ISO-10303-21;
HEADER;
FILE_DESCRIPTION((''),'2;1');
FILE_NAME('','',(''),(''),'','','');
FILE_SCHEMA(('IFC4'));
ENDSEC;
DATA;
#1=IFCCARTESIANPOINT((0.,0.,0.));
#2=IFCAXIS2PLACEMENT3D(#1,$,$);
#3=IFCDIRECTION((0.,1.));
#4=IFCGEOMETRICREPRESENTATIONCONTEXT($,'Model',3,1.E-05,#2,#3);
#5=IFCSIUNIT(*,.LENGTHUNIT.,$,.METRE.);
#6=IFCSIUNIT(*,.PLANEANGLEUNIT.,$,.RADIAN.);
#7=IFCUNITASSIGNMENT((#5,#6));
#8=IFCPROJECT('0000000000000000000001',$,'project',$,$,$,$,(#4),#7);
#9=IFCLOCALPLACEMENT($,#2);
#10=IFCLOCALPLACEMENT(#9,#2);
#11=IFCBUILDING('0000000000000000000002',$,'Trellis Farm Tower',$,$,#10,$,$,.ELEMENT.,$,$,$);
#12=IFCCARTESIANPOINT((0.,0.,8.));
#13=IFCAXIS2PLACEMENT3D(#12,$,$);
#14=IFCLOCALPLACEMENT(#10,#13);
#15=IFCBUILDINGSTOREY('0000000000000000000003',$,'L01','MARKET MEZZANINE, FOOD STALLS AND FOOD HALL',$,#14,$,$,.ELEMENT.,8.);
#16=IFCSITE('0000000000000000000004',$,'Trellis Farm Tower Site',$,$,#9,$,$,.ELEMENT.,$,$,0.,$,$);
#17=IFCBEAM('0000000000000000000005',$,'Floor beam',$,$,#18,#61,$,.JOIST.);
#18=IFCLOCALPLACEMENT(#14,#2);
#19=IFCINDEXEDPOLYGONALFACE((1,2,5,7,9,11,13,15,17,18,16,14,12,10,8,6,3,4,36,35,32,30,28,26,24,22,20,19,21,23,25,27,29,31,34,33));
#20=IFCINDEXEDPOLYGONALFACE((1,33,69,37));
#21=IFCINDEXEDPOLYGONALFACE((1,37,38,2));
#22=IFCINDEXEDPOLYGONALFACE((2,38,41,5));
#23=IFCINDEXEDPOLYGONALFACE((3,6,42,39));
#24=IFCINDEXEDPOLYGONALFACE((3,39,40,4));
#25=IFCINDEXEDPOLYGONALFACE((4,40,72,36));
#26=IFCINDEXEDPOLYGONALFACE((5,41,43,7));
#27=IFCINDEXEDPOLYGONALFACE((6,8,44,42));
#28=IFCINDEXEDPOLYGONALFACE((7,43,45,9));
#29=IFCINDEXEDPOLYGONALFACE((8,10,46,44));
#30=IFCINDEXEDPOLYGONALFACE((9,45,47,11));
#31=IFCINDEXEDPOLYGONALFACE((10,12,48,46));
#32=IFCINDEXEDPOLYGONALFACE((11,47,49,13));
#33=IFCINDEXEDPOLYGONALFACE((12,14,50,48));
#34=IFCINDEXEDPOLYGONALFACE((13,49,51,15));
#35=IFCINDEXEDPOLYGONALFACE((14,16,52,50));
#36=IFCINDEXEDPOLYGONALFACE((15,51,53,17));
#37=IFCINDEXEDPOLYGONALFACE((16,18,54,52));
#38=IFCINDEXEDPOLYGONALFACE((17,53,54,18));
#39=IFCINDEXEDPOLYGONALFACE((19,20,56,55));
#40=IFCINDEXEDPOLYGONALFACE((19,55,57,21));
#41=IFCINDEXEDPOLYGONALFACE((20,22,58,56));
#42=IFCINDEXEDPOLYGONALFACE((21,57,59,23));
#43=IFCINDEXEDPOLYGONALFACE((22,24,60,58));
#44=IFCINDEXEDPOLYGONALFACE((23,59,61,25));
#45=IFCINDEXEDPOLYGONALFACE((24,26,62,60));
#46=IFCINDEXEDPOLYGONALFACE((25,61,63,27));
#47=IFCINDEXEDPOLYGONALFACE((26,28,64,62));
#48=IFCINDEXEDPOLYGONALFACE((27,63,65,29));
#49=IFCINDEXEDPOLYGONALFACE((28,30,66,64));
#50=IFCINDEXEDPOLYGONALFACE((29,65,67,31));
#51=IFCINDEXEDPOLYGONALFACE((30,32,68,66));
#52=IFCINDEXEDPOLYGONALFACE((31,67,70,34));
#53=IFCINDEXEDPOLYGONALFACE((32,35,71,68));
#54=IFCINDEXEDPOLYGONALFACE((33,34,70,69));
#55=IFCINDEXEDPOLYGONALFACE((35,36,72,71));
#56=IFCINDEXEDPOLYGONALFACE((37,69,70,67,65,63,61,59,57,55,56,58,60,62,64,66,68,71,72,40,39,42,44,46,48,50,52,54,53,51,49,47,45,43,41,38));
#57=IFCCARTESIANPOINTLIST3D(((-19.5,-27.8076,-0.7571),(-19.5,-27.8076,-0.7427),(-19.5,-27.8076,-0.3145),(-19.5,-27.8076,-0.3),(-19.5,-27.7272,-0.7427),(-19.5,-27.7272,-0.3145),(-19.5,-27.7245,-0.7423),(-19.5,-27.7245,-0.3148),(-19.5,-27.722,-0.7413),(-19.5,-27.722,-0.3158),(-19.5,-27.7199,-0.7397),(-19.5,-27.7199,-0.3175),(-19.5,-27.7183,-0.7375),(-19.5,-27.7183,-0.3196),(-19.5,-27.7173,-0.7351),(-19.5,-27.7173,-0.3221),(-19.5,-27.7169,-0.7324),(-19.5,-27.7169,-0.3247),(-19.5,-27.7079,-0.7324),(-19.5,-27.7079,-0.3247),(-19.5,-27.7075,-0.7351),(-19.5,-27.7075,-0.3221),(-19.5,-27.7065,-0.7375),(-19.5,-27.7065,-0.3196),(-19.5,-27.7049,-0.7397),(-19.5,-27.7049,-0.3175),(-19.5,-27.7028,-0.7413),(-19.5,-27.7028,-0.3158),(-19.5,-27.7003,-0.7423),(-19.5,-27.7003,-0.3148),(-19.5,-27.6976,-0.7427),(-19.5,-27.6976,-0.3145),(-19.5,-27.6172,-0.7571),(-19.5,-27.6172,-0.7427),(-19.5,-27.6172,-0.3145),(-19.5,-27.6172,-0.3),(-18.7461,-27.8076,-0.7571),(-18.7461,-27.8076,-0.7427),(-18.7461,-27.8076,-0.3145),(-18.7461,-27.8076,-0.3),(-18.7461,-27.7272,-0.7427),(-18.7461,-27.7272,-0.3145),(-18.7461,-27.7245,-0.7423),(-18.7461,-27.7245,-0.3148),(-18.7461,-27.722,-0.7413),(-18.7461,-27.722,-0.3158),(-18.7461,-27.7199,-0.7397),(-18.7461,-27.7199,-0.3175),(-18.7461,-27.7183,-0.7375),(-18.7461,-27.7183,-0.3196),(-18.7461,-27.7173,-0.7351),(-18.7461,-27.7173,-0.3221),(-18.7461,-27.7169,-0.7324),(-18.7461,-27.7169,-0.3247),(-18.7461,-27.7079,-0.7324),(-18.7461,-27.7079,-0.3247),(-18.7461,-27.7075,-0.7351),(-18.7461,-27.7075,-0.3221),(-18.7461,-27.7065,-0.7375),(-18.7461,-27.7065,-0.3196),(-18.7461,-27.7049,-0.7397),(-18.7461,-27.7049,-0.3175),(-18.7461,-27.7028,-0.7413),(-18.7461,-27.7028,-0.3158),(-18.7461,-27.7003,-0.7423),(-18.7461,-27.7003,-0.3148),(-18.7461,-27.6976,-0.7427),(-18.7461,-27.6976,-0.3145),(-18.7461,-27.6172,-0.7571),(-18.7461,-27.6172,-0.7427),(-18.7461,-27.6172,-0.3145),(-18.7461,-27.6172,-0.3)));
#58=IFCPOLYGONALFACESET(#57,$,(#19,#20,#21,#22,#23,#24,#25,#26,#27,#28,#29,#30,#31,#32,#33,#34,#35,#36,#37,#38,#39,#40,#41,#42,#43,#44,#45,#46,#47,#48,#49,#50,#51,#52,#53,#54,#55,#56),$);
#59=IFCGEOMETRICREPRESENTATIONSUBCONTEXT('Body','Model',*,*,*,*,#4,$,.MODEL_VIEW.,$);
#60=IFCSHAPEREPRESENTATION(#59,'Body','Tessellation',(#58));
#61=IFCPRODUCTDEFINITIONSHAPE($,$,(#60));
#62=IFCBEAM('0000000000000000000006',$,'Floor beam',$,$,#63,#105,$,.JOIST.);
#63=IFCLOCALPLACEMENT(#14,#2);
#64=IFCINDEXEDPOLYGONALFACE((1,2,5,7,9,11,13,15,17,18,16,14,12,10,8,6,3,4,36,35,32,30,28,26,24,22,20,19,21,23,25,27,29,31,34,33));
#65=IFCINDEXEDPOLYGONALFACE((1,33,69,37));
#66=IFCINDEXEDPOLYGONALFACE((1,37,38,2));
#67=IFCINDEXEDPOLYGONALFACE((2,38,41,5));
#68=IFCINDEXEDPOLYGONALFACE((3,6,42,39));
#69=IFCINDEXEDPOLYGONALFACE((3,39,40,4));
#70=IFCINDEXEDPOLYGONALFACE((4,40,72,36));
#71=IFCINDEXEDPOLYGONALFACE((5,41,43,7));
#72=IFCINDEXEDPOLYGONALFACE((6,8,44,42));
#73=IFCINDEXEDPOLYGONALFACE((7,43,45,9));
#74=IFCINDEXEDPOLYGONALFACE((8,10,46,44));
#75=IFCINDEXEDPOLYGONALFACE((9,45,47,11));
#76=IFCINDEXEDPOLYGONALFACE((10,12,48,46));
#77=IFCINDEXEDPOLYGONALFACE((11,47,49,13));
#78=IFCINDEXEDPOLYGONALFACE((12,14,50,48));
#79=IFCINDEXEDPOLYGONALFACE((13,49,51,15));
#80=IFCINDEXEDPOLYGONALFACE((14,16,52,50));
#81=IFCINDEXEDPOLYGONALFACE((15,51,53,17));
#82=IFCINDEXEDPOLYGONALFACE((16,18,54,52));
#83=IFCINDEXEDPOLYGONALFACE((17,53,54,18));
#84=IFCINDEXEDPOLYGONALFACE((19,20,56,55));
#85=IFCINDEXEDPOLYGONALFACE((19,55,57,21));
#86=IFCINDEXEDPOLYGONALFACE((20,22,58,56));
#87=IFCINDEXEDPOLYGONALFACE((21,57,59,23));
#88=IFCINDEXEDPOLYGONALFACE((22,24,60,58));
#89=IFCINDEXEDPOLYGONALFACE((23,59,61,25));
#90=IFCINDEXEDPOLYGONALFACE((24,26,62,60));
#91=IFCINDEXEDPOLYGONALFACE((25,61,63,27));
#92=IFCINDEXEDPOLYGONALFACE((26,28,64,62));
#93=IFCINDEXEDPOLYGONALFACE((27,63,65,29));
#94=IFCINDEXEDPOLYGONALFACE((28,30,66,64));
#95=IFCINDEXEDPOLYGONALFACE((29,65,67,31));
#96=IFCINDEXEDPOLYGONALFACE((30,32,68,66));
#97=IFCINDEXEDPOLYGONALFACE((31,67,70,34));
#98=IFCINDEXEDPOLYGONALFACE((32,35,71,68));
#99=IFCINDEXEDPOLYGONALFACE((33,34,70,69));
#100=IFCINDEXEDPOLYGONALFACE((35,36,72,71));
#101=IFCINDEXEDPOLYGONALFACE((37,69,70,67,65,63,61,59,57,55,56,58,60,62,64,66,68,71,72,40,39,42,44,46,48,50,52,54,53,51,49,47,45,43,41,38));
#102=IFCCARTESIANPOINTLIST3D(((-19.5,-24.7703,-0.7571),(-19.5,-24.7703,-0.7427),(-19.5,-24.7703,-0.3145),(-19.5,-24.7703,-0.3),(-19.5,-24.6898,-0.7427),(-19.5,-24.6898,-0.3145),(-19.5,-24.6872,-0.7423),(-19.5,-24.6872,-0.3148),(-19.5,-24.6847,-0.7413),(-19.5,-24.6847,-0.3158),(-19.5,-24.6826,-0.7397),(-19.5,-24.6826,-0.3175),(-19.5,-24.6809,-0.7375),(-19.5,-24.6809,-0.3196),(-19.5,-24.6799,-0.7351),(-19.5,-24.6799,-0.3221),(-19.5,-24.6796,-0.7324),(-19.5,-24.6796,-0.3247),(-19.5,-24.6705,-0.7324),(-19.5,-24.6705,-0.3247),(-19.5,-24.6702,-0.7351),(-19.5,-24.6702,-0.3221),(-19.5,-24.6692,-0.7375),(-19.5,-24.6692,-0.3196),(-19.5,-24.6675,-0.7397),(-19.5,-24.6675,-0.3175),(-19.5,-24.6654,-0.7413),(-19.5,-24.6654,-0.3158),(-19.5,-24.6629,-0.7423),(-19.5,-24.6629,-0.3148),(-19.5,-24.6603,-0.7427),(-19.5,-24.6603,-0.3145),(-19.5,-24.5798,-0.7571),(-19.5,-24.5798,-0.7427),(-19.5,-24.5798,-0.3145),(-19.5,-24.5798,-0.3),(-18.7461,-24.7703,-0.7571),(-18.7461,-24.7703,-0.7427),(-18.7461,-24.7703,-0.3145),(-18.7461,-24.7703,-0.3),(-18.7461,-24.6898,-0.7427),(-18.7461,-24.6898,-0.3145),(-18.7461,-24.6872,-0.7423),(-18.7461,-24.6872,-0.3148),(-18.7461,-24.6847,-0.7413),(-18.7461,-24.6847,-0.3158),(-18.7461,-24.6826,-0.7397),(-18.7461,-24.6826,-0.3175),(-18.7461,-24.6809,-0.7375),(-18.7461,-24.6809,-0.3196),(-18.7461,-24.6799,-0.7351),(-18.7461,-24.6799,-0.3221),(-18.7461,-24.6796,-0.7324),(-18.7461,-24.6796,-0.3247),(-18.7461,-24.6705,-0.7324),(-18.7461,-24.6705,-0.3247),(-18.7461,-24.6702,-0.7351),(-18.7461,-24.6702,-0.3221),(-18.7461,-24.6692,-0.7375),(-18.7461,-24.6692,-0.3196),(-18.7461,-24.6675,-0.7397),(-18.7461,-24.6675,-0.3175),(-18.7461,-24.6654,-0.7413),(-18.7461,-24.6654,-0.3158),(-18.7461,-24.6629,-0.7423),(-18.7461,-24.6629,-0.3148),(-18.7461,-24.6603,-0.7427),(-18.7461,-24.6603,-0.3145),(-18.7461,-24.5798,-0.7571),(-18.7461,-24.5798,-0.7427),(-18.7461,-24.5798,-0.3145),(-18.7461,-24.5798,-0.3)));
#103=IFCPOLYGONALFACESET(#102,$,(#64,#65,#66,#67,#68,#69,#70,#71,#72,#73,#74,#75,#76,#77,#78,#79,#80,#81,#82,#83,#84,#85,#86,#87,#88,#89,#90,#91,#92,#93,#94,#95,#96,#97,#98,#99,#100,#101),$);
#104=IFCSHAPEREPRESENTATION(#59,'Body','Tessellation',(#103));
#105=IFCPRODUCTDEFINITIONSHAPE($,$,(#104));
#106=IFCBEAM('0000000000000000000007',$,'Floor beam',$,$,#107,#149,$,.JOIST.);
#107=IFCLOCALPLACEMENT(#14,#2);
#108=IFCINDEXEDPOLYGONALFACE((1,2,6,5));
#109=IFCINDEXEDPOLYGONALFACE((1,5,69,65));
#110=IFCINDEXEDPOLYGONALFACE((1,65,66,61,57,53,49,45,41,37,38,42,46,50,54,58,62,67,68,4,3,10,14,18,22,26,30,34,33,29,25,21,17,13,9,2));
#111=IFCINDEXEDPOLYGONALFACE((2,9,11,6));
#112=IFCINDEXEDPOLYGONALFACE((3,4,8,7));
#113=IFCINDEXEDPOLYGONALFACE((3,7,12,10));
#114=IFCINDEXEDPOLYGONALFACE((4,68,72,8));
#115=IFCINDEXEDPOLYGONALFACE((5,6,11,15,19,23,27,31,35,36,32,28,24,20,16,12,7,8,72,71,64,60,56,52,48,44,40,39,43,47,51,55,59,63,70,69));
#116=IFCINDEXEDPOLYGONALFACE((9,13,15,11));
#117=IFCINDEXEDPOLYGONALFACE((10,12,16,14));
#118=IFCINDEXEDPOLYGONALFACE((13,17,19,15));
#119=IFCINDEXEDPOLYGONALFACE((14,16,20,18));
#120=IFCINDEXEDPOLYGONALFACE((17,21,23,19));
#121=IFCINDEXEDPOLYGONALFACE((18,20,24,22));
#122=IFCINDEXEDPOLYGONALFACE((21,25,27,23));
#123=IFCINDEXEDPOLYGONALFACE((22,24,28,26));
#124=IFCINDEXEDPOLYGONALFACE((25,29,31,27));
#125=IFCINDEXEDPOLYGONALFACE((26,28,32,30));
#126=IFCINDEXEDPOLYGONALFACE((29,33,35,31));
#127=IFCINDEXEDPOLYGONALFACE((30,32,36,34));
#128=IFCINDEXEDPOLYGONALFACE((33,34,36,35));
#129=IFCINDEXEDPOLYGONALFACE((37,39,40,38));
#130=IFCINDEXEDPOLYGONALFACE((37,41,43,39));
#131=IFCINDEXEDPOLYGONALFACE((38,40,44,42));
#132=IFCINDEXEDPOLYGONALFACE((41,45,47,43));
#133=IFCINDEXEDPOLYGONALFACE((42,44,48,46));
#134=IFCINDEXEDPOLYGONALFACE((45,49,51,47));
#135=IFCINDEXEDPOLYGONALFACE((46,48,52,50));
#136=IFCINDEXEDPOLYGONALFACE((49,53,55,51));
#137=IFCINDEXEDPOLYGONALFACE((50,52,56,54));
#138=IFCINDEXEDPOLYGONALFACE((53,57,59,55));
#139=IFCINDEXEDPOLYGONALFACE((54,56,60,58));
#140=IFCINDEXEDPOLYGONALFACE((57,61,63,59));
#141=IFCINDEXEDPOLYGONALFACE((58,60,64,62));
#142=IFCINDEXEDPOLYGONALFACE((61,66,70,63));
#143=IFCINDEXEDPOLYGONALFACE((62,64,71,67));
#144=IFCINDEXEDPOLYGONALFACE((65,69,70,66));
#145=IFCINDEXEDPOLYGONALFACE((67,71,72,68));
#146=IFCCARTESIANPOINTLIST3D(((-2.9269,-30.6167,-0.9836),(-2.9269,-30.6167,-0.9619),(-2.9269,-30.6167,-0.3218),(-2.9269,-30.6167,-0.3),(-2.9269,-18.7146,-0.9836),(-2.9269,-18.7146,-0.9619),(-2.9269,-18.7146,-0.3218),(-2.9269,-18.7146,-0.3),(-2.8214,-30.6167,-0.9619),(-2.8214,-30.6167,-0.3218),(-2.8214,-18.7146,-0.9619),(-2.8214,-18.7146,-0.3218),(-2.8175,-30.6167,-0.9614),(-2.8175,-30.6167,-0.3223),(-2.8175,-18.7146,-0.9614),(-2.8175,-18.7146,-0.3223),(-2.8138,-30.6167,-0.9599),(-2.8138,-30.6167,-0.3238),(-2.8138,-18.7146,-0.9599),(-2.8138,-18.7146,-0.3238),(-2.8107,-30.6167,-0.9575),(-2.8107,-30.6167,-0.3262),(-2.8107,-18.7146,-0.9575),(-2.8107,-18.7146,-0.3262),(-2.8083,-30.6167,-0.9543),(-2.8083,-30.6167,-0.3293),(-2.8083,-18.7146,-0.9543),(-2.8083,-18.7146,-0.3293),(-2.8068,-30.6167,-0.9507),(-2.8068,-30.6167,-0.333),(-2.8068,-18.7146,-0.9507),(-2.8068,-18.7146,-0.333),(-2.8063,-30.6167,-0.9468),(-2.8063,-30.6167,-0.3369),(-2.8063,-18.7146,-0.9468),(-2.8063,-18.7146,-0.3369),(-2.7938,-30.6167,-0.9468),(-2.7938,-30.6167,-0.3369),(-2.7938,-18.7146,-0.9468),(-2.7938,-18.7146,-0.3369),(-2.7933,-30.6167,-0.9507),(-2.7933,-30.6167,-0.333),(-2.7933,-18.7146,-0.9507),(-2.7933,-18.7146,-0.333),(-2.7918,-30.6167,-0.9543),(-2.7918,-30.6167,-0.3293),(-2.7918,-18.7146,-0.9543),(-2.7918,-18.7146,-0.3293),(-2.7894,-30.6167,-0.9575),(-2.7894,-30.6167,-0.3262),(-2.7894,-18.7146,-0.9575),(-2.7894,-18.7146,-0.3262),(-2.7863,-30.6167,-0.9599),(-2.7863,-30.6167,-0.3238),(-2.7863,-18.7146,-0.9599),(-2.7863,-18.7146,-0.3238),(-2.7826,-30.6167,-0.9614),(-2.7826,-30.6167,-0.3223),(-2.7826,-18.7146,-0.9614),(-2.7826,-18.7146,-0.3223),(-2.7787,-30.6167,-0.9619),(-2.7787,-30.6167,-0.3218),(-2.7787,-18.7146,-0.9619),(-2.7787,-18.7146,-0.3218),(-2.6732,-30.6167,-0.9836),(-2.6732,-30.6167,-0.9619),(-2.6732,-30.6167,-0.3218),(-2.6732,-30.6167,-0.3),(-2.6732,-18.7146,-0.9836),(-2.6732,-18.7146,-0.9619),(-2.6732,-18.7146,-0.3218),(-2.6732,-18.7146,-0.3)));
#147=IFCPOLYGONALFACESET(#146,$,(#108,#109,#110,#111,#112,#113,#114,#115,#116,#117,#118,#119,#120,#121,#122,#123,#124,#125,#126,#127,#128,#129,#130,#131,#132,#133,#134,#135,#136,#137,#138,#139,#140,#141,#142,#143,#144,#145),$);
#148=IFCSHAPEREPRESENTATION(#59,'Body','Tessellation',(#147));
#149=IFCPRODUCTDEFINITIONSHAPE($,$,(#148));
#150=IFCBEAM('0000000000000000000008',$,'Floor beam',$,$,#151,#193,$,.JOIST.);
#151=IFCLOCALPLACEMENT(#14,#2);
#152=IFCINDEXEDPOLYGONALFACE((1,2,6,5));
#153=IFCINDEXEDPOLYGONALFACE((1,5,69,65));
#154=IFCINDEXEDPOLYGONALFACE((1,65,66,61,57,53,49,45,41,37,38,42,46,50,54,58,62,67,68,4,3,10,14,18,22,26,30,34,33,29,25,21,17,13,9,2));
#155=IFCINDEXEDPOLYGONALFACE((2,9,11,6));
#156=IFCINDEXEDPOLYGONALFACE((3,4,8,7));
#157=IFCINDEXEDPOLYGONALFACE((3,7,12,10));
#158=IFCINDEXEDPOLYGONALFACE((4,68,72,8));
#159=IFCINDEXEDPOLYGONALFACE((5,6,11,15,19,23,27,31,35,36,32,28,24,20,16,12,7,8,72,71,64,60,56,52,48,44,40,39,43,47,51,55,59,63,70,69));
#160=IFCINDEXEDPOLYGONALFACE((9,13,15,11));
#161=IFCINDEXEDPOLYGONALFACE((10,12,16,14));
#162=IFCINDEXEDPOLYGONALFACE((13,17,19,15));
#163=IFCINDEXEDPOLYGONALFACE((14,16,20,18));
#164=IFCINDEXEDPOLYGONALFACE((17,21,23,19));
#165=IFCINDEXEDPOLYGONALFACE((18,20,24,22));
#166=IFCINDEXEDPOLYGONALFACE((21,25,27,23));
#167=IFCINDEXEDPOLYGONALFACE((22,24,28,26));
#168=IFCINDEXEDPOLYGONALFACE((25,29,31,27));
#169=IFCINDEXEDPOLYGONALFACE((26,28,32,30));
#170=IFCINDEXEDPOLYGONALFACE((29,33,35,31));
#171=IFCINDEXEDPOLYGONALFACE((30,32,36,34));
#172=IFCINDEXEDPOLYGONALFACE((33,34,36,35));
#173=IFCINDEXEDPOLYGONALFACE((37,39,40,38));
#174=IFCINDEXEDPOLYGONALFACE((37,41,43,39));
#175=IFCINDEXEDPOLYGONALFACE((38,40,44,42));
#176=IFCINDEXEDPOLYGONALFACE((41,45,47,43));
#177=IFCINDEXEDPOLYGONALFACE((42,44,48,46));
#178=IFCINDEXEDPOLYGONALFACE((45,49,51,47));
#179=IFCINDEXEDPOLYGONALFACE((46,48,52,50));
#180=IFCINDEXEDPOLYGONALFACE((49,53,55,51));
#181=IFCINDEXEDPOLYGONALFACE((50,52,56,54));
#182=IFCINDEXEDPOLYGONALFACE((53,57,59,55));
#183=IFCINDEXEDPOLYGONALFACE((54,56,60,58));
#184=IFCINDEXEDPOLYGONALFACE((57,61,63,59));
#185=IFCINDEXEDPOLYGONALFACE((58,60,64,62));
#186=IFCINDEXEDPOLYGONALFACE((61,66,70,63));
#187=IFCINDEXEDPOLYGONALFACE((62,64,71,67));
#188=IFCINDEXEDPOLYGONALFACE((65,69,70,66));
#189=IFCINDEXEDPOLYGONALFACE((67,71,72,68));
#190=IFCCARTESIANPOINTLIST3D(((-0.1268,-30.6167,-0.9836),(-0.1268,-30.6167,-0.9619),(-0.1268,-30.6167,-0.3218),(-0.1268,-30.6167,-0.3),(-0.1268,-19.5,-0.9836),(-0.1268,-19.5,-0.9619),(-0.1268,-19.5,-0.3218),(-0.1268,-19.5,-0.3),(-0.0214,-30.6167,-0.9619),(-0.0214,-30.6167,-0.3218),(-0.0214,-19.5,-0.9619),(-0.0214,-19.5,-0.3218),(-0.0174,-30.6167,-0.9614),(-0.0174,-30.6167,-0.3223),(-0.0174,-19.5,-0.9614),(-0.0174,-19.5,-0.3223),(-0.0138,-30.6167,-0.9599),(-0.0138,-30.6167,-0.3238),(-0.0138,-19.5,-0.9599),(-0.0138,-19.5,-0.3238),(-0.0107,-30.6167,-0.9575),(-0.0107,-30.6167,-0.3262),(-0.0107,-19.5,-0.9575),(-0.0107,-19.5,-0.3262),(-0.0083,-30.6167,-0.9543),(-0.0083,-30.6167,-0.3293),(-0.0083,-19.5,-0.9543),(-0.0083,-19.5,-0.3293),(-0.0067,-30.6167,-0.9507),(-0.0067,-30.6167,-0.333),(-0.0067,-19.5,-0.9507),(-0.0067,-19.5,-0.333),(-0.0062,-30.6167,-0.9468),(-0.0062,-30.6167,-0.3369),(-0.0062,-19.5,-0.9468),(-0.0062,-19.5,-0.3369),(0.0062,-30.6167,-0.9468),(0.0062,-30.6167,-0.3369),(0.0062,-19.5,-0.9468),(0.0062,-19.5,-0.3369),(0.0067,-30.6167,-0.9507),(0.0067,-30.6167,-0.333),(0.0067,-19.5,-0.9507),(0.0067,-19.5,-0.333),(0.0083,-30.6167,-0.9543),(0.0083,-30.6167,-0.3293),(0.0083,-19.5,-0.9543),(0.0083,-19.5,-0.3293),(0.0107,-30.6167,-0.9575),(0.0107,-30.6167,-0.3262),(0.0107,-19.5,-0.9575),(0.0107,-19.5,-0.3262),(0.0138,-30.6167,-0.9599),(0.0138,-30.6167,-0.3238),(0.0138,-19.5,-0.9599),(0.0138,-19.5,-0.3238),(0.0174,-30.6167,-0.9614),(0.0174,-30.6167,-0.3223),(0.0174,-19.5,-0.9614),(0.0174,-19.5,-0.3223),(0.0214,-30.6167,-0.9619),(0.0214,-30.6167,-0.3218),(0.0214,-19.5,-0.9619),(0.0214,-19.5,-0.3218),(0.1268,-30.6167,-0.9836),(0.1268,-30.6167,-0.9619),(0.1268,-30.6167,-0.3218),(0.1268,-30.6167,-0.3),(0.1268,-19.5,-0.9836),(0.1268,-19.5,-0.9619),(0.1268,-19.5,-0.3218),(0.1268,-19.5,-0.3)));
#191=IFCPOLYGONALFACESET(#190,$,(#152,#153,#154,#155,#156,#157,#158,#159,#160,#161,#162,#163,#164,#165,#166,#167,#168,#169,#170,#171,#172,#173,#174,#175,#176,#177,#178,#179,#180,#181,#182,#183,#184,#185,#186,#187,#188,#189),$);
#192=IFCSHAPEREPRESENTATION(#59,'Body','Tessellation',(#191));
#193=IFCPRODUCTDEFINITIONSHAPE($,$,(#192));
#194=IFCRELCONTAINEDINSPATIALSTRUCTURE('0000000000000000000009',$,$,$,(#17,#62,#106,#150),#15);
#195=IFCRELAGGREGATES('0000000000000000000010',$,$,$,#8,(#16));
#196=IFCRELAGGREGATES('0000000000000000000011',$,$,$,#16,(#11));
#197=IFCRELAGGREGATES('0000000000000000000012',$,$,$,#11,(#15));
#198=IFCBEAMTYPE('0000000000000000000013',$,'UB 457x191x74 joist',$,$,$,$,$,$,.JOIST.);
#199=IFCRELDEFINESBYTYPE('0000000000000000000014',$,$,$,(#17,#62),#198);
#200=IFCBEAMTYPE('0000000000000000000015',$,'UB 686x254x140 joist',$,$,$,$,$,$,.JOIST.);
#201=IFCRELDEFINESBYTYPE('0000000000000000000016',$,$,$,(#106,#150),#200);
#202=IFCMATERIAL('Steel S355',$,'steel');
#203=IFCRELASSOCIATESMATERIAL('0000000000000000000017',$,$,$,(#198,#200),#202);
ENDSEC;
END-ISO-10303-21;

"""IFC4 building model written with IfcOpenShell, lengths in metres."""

from ifc_helpers import new_model, si_unit, direction, frame, origin, origin_2d, place, context, subcontext, project, spatial, i_section, extrude, source, transform, mapped, material, material_profile, profile_set, type_object, element, save


model = new_model("IFC4")

# Units and contexts
model_context = context("Model", 3, precision=1e-05, world=origin(), true_north=direction((0.0, 1.0)))
body_context = subcontext(model_context, "Body", "Model", "MODEL_VIEW")
ifc_project = project(units=[si_unit("LENGTHUNIT", "METRE"), si_unit("PLANEANGLEUNIT", "RADIAN")], contexts=[model_context])

# Site, building, storey
site_placement = place(None, origin())
site = spatial("IfcSite", under=ifc_project, at=site_placement, Name="Trellis Farm Tower Site", CompositionType="ELEMENT", RefElevation=0.0)
building_placement = place(site_placement, origin())
building = spatial("IfcBuilding", under=site, at=building_placement, Name="Trellis Farm Tower", CompositionType="ELEMENT")
storey_placement = place(building_placement, frame((0.0, 0.0, 8.0)))
storey = spatial("IfcBuildingStorey", under=building, at=storey_placement, Name="L01", Description="MARKET MEZZANINE, FOOD STALLS AND FOOD HALL", CompositionType="ELEMENT", Elevation=8.0)

# Beams
ifc_material_1 = material(Name="Steel S355", Category="steel")
ifc_material_profile_1 = material_profile(ifc_material_1, i_section(OverallWidth=0.1904, OverallDepth=0.457, WebThickness=0.009, FlangeThickness=0.0144, FilletRadius=0.0103, at=origin_2d()), Name="UB 457x191x74")
ifc_profile_set_1 = profile_set([ifc_material_profile_1], Name="Steel S355")
beam_type_1 = type_object("IfcBeamType", Name="UB 457x191x74 joist", PredefinedType="JOIST", material=ifc_profile_set_1)
shared_shape_1 = source(origin(), body_context, "Body", "SweptSolid", [
    extrude(i_section(OverallWidth=0.1904, OverallDepth=0.457, WebThickness=0.009, FlangeThickness=0.0144, FilletRadius=0.0103, at=origin_2d()), origin(), (0.0, 0.0, 1.0), 0.7539),
])
for number, where, z_axis, x_axis, name in (
    (1, (-19.5, -27.7124, -0.5286), (1.0, 0.0, 0.0), (0.0, 1.0, 0.0), "Floor beam"),
    (2, (-19.5, -24.675, -0.5286), (1.0, 0.0, 0.0), (0.0, 1.0, 0.0), "Floor beam"),
):
    element("IfcBeam", number, at=place(storey_placement, frame(where, z_axis=z_axis, x_axis=x_axis)), inside=storey, type_object=beam_type_1, Name=name, PredefinedType="JOIST", context=body_context, shape_type="MappedRepresentation", body=[
        mapped(shared_shape_1, transform((0.0, 0.0, 0.0))),
    ])
ifc_material_profile_2 = material_profile(ifc_material_1, i_section(OverallWidth=0.2537, OverallDepth=0.6836, WebThickness=0.0125, FlangeThickness=0.0217, FilletRadius=0.0151, at=origin_2d()), Name="UB 686x254x140")
ifc_profile_set_2 = profile_set([ifc_material_profile_2], Name="Steel S355")
beam_type_2 = type_object("IfcBeamType", Name="UB 686x254x140 joist", PredefinedType="JOIST", material=ifc_profile_set_2)
shared_shape_2 = source(origin(), body_context, "Body", "SweptSolid", [
    extrude(i_section(OverallWidth=0.2537, OverallDepth=0.6836, WebThickness=0.0125, FlangeThickness=0.0217, FilletRadius=0.0151, at=origin_2d()), origin(), (0.0, 0.0, 1.0), 11.9021),
])
beam_1_placement = place(storey_placement, frame((-2.8, -30.6167, -0.6418), z_axis=(0.0, 1.0, 0.0), x_axis=(-1.0, 0.0, 0.0)))
element("IfcBeam", 3, at=beam_1_placement, inside=storey, type_object=beam_type_2, Name="Floor beam", PredefinedType="JOIST", context=body_context, shape_type="MappedRepresentation", body=[
    mapped(shared_shape_2, transform((0.0, 0.0, 0.0))),
])
shared_shape_3 = source(origin(), body_context, "Body", "SweptSolid", [
    extrude(i_section(OverallWidth=0.2537, OverallDepth=0.6836, WebThickness=0.0125, FlangeThickness=0.0217, FilletRadius=0.0151, at=origin_2d()), origin(), (0.0, 0.0, 1.0), 11.1167),
])
beam_2_placement = place(storey_placement, frame((0.0, -30.6167, -0.6418), z_axis=(0.0, 1.0, 0.0), x_axis=(-1.0, 0.0, 0.0)))
element("IfcBeam", 4, at=beam_2_placement, inside=storey, type_object=beam_type_2, Name="Floor beam", PredefinedType="JOIST", context=body_context, shape_type="MappedRepresentation", body=[
    mapped(shared_shape_3, transform((0.0, 0.0, 0.0))),
])

save(model, "model.ifc")
